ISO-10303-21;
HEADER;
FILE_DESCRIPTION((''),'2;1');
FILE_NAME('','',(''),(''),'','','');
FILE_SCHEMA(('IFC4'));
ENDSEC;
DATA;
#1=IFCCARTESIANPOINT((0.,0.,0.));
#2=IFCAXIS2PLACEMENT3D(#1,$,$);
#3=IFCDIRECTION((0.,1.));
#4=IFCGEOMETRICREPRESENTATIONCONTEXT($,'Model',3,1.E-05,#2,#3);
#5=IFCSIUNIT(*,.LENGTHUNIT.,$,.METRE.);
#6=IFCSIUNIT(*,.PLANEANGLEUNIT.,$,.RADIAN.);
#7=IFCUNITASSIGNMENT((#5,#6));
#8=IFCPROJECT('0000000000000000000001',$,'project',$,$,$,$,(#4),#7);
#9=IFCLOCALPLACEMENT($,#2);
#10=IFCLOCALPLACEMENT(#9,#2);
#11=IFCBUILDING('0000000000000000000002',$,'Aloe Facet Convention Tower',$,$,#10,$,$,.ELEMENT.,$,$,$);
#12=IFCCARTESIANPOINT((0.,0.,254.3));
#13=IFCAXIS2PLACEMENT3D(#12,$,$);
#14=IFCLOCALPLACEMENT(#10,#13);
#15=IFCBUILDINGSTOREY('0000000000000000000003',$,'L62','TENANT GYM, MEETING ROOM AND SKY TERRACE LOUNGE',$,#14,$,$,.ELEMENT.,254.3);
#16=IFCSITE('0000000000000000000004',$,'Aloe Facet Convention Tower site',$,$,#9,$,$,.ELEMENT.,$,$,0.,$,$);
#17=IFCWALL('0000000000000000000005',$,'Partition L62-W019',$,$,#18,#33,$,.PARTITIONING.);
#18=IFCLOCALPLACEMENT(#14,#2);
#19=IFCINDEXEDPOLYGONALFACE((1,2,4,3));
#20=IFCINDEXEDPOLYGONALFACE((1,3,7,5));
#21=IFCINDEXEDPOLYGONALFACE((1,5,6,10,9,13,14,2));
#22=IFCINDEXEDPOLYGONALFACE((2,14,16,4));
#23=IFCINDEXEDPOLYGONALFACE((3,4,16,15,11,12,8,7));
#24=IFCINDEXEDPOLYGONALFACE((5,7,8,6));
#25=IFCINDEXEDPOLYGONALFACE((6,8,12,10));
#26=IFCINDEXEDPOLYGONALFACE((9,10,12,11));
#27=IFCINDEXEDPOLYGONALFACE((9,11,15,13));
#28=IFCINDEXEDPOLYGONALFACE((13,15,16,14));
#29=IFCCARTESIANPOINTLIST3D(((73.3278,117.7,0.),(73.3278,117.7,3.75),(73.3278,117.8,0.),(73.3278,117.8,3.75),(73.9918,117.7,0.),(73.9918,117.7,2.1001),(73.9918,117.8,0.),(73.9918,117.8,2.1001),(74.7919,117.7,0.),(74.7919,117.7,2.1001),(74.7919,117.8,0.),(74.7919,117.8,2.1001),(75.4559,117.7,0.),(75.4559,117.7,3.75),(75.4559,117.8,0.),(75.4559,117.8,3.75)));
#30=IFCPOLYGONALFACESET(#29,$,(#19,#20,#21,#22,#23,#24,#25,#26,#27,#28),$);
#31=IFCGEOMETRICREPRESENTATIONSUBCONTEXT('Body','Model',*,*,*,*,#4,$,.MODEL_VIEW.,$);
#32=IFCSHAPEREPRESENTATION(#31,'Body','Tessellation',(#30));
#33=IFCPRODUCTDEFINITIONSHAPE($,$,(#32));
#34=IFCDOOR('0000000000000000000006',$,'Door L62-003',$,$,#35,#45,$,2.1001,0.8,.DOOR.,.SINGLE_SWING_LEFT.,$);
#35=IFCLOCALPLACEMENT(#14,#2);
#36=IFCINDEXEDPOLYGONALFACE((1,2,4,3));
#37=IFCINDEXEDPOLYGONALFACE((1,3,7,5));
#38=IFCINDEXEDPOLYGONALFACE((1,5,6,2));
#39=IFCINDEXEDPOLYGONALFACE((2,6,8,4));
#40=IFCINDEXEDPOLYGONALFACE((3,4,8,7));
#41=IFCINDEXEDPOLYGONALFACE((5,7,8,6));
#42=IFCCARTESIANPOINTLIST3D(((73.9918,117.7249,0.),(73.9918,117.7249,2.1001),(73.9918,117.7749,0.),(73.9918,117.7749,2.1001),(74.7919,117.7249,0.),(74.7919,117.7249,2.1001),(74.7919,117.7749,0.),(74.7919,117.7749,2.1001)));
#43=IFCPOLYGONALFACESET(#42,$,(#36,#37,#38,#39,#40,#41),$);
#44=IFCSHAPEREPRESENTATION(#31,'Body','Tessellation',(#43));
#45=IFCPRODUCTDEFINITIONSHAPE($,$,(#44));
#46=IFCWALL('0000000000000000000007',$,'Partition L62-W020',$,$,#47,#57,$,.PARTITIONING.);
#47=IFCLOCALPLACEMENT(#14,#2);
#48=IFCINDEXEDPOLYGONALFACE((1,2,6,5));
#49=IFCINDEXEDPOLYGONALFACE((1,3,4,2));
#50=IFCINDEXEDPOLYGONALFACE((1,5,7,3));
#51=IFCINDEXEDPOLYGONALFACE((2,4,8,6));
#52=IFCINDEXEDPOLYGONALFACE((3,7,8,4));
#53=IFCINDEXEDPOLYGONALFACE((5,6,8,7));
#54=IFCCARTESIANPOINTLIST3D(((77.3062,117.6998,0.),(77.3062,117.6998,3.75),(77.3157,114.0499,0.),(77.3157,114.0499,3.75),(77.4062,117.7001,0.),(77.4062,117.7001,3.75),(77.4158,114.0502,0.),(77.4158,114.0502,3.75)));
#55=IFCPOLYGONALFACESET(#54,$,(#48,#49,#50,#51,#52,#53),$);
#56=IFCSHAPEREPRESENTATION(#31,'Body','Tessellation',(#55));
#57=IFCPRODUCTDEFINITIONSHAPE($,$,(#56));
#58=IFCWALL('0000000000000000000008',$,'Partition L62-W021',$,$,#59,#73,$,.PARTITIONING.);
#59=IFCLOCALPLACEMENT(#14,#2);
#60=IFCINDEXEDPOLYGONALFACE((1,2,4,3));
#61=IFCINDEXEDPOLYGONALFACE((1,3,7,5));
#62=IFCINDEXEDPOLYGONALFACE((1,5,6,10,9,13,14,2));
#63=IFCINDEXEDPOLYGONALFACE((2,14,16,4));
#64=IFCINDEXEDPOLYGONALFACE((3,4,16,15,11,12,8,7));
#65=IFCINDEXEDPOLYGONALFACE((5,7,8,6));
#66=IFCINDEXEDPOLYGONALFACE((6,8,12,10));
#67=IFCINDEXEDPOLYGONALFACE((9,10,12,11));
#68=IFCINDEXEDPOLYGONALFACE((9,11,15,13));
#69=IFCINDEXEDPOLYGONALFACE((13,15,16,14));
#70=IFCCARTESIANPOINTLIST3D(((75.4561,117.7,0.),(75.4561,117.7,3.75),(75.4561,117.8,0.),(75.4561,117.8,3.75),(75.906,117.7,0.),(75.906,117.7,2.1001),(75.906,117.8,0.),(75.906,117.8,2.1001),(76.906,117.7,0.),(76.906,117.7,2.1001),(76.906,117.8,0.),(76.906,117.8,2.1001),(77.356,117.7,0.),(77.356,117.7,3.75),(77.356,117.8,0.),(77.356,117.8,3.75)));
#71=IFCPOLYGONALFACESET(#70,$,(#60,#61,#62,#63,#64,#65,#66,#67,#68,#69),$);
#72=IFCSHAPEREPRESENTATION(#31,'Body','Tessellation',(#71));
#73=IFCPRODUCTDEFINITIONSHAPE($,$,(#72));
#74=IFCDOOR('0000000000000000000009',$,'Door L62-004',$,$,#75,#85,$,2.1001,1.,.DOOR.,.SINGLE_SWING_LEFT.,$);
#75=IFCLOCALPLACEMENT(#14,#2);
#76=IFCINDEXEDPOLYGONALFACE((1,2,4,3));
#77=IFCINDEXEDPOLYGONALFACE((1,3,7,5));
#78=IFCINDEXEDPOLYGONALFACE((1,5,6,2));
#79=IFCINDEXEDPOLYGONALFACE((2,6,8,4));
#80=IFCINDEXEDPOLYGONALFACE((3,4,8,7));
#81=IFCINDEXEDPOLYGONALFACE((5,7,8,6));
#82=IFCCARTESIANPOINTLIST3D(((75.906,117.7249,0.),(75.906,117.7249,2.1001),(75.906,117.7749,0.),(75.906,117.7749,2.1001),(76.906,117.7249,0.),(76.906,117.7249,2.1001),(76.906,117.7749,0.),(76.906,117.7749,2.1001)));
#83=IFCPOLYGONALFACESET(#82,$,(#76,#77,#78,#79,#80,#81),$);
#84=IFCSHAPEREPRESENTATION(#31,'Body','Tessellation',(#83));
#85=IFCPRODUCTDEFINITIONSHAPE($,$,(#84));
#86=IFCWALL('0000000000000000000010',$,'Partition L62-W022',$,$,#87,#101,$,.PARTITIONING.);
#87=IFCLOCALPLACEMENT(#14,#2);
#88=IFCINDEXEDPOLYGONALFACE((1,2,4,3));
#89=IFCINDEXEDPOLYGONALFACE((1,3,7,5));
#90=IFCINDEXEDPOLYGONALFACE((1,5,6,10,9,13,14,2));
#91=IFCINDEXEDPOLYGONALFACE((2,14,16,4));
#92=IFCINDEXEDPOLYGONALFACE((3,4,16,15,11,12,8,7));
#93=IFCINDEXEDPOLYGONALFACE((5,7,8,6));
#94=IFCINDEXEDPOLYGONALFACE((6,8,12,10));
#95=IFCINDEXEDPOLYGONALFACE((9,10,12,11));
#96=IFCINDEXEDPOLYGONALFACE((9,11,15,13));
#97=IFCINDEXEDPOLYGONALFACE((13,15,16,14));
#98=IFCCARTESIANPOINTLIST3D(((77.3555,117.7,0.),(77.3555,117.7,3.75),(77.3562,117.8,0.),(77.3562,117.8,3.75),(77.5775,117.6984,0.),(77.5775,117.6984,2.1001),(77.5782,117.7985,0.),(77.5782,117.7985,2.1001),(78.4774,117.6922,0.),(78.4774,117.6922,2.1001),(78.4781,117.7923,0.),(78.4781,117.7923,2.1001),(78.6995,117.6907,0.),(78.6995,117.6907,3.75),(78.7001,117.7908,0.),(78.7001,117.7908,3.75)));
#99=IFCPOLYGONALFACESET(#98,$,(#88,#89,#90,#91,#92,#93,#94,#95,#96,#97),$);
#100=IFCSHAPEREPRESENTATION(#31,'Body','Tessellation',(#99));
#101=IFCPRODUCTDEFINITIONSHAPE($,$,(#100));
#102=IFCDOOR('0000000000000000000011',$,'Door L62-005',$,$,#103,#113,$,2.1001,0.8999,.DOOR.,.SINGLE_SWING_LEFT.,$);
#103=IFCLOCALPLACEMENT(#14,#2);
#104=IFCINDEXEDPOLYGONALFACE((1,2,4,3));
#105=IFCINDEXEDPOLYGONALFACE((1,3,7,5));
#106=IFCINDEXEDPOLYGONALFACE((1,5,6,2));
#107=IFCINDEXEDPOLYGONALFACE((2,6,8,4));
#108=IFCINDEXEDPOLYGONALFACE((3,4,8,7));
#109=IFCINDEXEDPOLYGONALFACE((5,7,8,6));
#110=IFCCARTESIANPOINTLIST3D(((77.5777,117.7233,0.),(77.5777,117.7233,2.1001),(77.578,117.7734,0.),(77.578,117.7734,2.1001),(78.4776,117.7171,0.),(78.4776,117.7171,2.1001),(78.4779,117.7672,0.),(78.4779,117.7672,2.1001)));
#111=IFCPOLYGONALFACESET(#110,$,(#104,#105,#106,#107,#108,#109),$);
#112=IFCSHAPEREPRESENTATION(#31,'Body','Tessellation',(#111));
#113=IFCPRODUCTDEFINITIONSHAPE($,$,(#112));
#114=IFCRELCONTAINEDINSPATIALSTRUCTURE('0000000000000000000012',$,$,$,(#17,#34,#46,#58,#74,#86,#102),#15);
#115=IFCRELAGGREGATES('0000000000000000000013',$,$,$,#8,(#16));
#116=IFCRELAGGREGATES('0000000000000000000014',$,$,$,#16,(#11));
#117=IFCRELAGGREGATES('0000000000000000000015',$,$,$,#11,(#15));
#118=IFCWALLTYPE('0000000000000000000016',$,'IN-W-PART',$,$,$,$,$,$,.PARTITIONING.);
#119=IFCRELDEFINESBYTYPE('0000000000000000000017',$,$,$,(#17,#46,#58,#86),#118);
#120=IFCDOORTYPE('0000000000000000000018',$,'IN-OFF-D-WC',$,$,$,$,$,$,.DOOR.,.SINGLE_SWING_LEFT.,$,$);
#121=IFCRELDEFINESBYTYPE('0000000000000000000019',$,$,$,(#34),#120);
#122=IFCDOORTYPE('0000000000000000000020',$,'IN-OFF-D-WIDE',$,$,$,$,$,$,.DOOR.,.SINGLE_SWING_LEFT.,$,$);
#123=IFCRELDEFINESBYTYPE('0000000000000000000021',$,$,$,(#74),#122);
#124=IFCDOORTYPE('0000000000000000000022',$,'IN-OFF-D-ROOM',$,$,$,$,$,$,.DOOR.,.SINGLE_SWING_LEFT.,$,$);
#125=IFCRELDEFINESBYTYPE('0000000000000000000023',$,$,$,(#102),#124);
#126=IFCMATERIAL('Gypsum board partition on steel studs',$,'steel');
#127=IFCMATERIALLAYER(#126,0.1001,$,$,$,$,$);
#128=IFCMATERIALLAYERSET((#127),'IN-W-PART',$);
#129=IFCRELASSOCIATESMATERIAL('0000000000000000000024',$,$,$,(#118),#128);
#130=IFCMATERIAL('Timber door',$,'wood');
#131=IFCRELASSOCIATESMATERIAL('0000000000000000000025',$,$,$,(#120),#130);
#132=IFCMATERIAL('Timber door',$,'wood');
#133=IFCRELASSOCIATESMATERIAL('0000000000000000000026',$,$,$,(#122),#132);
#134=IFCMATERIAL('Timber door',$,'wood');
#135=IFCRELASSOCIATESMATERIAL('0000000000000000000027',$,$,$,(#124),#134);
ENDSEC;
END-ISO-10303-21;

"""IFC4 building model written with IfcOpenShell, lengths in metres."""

from ifc_helpers import new_model, si_unit, direction, frame, frame_2d, origin, place, context, subcontext, project, spatial, rectangle, extrude, material, layer, layer_set, type_object, element, fill, save


model = new_model("IFC4")

# Units and contexts
model_context = context("Model", 3, precision=1e-05, world=origin(), true_north=direction((0.0, 1.0)))
body_context = subcontext(model_context, "Body", "Model", "MODEL_VIEW")
ifc_project = project(units=[si_unit("LENGTHUNIT", "METRE"), si_unit("PLANEANGLEUNIT", "RADIAN")], contexts=[model_context])

# Site, building, storey
site_placement = place(None, origin())
site = spatial("IfcSite", under=ifc_project, at=site_placement, Name="Aloe Facet Convention Tower site", CompositionType="ELEMENT", RefElevation=0.0)
building_placement = place(site_placement, origin())
building = spatial("IfcBuilding", under=site, at=building_placement, Name="Aloe Facet Convention Tower", CompositionType="ELEMENT")
storey_placement = place(building_placement, frame((0.0, 0.0, 254.3)))
storey = spatial("IfcBuildingStorey", under=building, at=storey_placement, Name="L62", Description="TENANT GYM, MEETING ROOM AND SKY TERRACE LOUNGE", CompositionType="ELEMENT", Elevation=254.3)

# Shared definitions
ifc_material_1 = material(Name="Gypsum board partition on steel studs", Category="steel")
ifc_layer_1 = layer(ifc_material_1, 0.1001)
ifc_layer_set_1 = layer_set([ifc_layer_1], Name="IN-W-PART")
wall_type_1 = type_object("IfcWallType", Name="IN-W-PART", PredefinedType="PARTITIONING", material=ifc_layer_set_1)

# Wall, opening, door
wall_1_placement = place(storey_placement, frame((73.3279, 117.75, 0.0), z_axis=(0.0, 0.0, 1.0), x_axis=(1.0, 0.0, 0.0)))
wall_1 = element("IfcWall", 1, at=wall_1_placement, inside=storey, type_object=wall_type_1, Name="Partition L62-W019", PredefinedType="PARTITIONING", context=body_context, shape_type="SweptSolid", body=[
    extrude(rectangle(XDim=2.1282, YDim=0.1001, at=frame_2d((1.064, 0.0))), origin(), (0.0, 0.0, 1.0), 3.75),
])
opening_1_placement = place(wall_1_placement, frame((0.6641, 0.0, 0.0)))
opening_1 = element("IfcOpeningElement", 2, at=opening_1_placement, cuts=wall_1, PredefinedType="OPENING", context=body_context, shape_type="SweptSolid", body=[
    extrude(rectangle(XDim=0.8, YDim=2.1001, at=frame_2d((0.3999, 1.05))), frame((0.0, 0.0601, 0.0), z_axis=(0.0, -1.0, 0.0), x_axis=(1.0, 0.0, 0.0)), (0.0, 0.0, 1.0), 0.1201),
])
ifc_material_2 = material(Name="Timber door", Category="wood")
door_type_1 = type_object("IfcDoorType", Name="IN-OFF-D-WC", OperationType="SINGLE_SWING_LEFT", PredefinedType="DOOR", material=ifc_material_2)
door_1_placement = place(opening_1_placement, origin())
door_1 = element("IfcDoor", 3, at=door_1_placement, inside=storey, type_object=door_type_1, Name="Door L62-003", OperationType="SINGLE_SWING_LEFT", OverallHeight=2.1001, OverallWidth=0.8, PredefinedType="DOOR", context=body_context, shape_type="SweptSolid", body=[
    extrude(rectangle(XDim=0.8, YDim=2.1001, at=frame_2d((0.3999, 1.05))), frame((0.0, 0.0249, 0.0), z_axis=(0.0, -1.0, 0.0), x_axis=(1.0, 0.0, 0.0)), (0.0, 0.0, 1.0), 0.05),
])
fill(opening_1, door_1)

# Wall
wall_2_placement = place(storey_placement, frame((77.3657, 114.05, 0.0), z_axis=(0.0, 0.0, 1.0), x_axis=(-0.002609, 0.999997, 0.0)))
element("IfcWall", 4, at=wall_2_placement, inside=storey, type_object=wall_type_1, Name="Partition L62-W020", PredefinedType="PARTITIONING", context=body_context, shape_type="SweptSolid", body=[
    extrude(rectangle(XDim=3.6499, YDim=0.1001, at=frame_2d((1.825, 0.0))), origin(), (0.0, 0.0, 1.0), 3.75),
])

# Walls, openings, doors
wall_3_placement = place(storey_placement, frame((75.4561, 117.75, 0.0), z_axis=(0.0, 0.0, 1.0), x_axis=(1.0, 0.0, 0.0)))
wall_3 = element("IfcWall", 5, at=wall_3_placement, inside=storey, type_object=wall_type_1, Name="Partition L62-W021", PredefinedType="PARTITIONING", context=body_context, shape_type="SweptSolid", body=[
    extrude(rectangle(XDim=1.8999, YDim=0.1001, at=frame_2d((0.95, 0.0))), origin(), (0.0, 0.0, 1.0), 3.75),
])
opening_2_placement = place(wall_3_placement, frame((0.45, 0.0, 0.0)))
opening_2 = element("IfcOpeningElement", 6, at=opening_2_placement, cuts=wall_3, PredefinedType="OPENING", context=body_context, shape_type="SweptSolid", body=[
    extrude(rectangle(XDim=1.0, YDim=2.1001, at=frame_2d((0.5, 1.05))), frame((0.0, 0.0601, 0.0), z_axis=(0.0, -1.0, 0.0), x_axis=(1.0, 0.0, 0.0)), (0.0, 0.0, 1.0), 0.1201),
])
ifc_material_3 = material(Name="Timber door", Category="wood")
door_type_2 = type_object("IfcDoorType", Name="IN-OFF-D-WIDE", OperationType="SINGLE_SWING_LEFT", PredefinedType="DOOR", material=ifc_material_3)
door_2_placement = place(opening_2_placement, origin())
door_2 = element("IfcDoor", 7, at=door_2_placement, inside=storey, type_object=door_type_2, Name="Door L62-004", OperationType="SINGLE_SWING_LEFT", OverallHeight=2.1001, OverallWidth=1.0, PredefinedType="DOOR", context=body_context, shape_type="SweptSolid", body=[
    extrude(rectangle(XDim=1.0, YDim=2.1001, at=frame_2d((0.5, 1.05))), frame((0.0, 0.0249, 0.0), z_axis=(0.0, -1.0, 0.0), x_axis=(1.0, 0.0, 0.0)), (0.0, 0.0, 1.0), 0.05),
])
fill(opening_2, door_2)
wall_4_placement = place(storey_placement, frame((77.356, 117.75, 0.0), z_axis=(0.0, 0.0, 1.0), x_axis=(0.999976, -0.006903, 0.0)))
wall_4 = element("IfcWall", 8, at=wall_4_placement, inside=storey, type_object=wall_type_1, Name="Partition L62-W022", PredefinedType="PARTITIONING", context=body_context, shape_type="SweptSolid", body=[
    extrude(rectangle(XDim=1.344, YDim=0.1001, at=frame_2d((0.6719, 0.0))), origin(), (0.0, 0.0, 1.0), 3.75),
])
opening_3_placement = place(wall_4_placement, frame((0.2219, 0.0, 0.0)))
opening_3 = element("IfcOpeningElement", 9, at=opening_3_placement, cuts=wall_4, PredefinedType="OPENING", context=body_context, shape_type="SweptSolid", body=[
    extrude(rectangle(XDim=0.8999, YDim=2.1001, at=frame_2d((0.45, 1.05))), frame((0.0, 0.0601, 0.0), z_axis=(0.0, -1.0, 0.0), x_axis=(1.0, 0.0, 0.0)), (0.0, 0.0, 1.0), 0.1201),
])
ifc_material_4 = material(Name="Timber door", Category="wood")
door_type_3 = type_object("IfcDoorType", Name="IN-OFF-D-ROOM", OperationType="SINGLE_SWING_LEFT", PredefinedType="DOOR", material=ifc_material_4)
door_3_placement = place(opening_3_placement, origin())
door_3 = element("IfcDoor", 10, at=door_3_placement, inside=storey, type_object=door_type_3, Name="Door L62-005", OperationType="SINGLE_SWING_LEFT", OverallHeight=2.1001, OverallWidth=0.8999, PredefinedType="DOOR", context=body_context, shape_type="SweptSolid", body=[
    extrude(rectangle(XDim=0.8999, YDim=2.1001, at=frame_2d((0.45, 1.05))), frame((0.0, 0.0249, 0.0), z_axis=(0.0, -1.0, 0.0), x_axis=(1.0, 0.0, 0.0)), (0.0, 0.0, 1.0), 0.05),
])
fill(opening_3, door_3)

save(model, "model.ifc")
